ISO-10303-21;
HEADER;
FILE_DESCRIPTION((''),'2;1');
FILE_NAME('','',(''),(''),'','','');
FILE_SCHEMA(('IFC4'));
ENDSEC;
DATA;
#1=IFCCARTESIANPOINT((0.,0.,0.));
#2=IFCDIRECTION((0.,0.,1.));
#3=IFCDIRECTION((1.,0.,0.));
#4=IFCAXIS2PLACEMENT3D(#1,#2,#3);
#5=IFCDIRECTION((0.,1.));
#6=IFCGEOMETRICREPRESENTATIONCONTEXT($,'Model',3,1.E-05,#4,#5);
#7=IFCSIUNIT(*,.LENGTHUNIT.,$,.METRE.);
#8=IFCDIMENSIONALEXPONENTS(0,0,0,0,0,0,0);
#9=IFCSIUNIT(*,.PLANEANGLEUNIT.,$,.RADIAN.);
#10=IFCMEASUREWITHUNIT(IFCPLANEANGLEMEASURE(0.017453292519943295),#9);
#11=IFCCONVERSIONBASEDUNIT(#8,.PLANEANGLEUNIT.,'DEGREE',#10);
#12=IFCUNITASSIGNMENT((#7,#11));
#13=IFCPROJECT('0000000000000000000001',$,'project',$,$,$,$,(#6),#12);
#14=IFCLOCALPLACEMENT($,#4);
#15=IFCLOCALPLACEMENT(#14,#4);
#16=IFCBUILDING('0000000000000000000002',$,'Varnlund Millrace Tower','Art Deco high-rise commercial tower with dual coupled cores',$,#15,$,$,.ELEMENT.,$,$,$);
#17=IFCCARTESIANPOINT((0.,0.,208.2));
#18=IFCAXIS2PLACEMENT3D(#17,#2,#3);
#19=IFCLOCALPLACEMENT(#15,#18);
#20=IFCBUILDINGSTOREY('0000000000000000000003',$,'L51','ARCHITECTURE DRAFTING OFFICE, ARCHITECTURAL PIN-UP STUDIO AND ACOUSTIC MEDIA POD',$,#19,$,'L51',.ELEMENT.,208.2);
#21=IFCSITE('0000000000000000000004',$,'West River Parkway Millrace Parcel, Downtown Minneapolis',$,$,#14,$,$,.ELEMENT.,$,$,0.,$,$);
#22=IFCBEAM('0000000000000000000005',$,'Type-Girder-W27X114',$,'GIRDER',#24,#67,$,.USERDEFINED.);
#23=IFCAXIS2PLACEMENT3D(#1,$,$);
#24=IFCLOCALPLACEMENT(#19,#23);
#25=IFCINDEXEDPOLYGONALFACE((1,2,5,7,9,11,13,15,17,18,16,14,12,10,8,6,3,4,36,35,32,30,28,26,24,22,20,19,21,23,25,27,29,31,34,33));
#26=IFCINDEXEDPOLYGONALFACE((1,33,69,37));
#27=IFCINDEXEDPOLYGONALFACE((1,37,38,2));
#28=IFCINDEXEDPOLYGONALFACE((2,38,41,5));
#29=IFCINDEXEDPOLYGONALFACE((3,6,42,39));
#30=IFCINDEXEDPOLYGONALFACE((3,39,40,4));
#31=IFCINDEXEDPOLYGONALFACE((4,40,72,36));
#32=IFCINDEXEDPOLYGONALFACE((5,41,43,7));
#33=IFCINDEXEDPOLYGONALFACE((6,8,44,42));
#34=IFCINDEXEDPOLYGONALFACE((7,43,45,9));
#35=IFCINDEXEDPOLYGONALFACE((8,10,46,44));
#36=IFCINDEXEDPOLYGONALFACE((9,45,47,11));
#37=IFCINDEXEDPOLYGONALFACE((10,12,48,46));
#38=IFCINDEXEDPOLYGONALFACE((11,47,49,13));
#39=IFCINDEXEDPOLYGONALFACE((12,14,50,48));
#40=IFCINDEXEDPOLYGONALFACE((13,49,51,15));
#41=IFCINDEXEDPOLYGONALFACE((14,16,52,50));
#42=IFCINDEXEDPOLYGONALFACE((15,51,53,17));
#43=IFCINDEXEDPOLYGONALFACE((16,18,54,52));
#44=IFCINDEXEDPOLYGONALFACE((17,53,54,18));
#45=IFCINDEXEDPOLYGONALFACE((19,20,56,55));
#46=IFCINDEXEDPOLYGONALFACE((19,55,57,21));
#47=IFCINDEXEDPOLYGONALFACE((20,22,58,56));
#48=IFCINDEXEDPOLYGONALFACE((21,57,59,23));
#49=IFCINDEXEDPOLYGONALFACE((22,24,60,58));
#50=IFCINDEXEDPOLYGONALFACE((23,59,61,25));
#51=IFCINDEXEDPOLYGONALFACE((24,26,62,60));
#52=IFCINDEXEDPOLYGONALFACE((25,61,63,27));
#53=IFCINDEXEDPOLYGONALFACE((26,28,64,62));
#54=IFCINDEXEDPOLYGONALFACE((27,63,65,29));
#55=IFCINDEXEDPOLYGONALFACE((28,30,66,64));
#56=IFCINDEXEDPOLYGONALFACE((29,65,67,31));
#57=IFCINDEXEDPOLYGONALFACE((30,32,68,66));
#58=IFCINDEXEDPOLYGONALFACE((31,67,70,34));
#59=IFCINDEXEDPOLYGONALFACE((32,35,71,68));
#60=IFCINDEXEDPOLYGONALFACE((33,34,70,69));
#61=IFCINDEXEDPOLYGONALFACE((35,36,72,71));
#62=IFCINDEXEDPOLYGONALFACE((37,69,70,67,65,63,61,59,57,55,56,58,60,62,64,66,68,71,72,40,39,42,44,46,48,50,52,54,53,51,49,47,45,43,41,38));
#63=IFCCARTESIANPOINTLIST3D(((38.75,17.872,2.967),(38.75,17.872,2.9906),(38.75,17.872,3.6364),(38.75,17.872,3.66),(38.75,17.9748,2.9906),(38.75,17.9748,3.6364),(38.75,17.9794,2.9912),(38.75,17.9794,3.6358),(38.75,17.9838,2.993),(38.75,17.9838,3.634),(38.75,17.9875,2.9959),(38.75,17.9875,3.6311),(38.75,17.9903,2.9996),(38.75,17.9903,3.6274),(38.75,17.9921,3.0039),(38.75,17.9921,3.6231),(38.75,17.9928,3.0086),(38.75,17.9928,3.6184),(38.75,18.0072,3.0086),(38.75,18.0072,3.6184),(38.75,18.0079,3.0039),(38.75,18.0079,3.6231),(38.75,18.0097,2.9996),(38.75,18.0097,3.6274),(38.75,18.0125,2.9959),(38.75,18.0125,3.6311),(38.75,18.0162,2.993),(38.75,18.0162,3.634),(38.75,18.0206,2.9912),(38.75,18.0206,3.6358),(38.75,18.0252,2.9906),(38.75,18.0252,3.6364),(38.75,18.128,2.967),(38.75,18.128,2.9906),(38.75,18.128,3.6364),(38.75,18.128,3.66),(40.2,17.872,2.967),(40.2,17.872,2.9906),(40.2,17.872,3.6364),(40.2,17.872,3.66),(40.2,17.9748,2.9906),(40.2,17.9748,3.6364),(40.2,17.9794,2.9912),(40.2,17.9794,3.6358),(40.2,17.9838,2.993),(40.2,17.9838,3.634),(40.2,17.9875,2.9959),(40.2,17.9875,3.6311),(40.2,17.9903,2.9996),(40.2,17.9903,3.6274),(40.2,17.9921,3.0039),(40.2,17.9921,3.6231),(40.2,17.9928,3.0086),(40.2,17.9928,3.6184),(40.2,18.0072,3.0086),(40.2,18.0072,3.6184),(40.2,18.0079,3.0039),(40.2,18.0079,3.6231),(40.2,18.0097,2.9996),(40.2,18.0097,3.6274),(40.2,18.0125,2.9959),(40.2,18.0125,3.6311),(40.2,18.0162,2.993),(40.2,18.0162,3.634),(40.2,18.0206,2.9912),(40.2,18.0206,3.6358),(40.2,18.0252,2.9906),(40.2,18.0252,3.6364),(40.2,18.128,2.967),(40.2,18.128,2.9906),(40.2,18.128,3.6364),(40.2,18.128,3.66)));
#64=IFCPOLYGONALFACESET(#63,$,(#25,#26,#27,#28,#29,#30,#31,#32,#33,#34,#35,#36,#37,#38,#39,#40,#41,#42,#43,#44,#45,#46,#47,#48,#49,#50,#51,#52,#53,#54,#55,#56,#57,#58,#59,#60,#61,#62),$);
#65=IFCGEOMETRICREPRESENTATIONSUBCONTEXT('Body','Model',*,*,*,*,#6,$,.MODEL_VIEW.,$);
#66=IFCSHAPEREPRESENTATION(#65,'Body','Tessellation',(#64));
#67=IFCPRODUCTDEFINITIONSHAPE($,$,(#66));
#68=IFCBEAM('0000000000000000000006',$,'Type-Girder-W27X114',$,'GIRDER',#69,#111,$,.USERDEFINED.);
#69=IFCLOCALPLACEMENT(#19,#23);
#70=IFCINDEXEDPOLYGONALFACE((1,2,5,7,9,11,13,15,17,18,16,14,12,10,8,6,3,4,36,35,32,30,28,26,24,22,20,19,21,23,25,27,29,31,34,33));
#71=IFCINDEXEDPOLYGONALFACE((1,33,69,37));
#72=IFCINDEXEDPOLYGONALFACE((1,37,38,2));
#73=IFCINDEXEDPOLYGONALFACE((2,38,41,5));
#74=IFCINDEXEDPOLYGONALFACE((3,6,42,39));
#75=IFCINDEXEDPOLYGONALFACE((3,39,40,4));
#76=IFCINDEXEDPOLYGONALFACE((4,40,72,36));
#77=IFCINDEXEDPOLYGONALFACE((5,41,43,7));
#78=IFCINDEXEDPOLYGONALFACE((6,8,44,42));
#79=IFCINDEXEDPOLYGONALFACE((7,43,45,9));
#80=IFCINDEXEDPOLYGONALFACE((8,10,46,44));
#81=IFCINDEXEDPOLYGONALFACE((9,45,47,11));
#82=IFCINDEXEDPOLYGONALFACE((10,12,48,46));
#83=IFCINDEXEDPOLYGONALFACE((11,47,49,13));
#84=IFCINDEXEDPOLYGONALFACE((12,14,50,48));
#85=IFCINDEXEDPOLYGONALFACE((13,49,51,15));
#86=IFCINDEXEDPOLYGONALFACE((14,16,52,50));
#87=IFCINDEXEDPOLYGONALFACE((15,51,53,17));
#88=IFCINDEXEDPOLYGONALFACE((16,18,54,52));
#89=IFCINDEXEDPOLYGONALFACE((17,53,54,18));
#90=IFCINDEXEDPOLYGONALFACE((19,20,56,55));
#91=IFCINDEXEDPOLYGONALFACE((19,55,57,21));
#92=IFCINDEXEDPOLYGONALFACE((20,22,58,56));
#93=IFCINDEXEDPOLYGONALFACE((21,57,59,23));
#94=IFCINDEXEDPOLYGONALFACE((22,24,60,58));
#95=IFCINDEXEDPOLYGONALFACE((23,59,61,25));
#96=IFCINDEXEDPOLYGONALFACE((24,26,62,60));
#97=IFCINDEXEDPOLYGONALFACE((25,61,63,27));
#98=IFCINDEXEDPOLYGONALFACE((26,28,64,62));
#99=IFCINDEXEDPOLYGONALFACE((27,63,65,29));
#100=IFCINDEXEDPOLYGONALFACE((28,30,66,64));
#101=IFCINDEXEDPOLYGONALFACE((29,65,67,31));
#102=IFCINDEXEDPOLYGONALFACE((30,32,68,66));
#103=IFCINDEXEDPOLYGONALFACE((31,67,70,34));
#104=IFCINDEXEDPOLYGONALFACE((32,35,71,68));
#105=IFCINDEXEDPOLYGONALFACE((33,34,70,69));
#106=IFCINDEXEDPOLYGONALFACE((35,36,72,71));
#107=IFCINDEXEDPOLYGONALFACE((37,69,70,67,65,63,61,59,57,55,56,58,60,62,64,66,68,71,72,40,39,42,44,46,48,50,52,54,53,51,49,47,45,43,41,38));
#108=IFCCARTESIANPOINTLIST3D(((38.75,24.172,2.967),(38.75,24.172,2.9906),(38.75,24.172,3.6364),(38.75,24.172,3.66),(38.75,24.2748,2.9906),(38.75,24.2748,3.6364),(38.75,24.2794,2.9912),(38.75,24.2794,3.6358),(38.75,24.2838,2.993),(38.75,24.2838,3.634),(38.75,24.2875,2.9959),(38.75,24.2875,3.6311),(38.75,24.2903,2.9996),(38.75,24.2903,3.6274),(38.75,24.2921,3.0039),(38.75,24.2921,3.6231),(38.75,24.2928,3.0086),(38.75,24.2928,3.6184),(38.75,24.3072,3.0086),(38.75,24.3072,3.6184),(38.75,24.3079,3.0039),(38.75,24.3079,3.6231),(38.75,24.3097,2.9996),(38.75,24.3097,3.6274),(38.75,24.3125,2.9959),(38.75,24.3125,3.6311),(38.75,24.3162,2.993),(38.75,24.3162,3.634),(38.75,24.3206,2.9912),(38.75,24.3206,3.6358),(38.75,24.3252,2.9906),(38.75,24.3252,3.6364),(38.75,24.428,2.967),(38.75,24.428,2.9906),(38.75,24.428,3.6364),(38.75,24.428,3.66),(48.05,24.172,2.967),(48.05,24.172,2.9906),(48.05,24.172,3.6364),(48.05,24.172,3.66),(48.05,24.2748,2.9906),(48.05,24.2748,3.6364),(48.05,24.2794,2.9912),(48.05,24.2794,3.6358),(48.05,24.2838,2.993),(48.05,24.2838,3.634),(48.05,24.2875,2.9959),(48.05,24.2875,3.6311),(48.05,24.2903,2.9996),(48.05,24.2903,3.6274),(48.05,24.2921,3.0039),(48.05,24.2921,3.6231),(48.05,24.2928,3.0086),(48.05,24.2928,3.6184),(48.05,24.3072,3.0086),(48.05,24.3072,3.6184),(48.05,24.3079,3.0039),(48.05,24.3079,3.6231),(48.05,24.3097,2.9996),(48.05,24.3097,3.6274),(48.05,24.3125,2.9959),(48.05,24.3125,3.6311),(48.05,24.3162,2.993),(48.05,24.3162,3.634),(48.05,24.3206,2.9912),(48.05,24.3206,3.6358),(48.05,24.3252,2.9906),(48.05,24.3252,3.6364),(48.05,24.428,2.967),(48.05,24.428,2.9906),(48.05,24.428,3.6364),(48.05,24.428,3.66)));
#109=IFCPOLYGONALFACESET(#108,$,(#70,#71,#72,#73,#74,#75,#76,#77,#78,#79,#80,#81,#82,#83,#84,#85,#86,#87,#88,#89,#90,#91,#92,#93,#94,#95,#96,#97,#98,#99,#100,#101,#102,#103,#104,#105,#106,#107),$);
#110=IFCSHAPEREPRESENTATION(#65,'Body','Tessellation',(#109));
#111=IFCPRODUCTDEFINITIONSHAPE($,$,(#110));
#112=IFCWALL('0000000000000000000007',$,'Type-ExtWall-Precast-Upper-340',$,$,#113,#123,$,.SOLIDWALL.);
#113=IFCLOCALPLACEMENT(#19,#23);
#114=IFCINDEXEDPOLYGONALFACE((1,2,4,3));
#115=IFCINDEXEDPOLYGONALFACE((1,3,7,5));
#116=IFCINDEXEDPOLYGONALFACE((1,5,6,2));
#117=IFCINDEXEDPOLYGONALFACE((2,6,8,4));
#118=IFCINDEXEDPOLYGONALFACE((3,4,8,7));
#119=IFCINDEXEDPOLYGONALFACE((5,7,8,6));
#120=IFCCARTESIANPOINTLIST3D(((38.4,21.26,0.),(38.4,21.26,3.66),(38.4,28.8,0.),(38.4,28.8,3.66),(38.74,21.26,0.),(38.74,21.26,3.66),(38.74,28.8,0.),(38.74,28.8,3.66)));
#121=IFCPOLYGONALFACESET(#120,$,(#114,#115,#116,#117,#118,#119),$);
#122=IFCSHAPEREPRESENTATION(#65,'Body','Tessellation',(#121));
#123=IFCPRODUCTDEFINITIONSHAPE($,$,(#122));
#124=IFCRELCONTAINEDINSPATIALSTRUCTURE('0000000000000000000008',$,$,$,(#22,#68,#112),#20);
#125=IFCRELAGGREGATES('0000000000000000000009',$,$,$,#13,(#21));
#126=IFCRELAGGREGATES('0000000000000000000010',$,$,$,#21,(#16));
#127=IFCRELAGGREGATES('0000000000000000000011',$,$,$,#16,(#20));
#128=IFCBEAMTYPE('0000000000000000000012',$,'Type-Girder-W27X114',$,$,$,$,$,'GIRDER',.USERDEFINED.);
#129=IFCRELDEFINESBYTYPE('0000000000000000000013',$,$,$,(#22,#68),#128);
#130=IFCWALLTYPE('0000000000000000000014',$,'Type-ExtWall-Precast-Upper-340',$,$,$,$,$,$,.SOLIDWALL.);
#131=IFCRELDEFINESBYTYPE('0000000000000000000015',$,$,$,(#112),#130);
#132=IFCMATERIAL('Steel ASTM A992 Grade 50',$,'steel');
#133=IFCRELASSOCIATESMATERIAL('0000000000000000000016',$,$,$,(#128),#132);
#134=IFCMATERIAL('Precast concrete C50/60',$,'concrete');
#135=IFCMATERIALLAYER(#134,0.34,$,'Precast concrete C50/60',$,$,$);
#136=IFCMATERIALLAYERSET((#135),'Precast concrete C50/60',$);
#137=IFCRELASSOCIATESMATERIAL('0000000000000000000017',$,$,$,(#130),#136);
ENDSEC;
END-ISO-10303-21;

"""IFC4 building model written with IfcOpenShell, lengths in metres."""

from ifc_helpers import new_model, entity, si_unit, converted_unit, direction, frame, origin_with_axes, origin_2d_with_axis, place, context, subcontext, project, spatial, polyline, i_section, outline, extrude, material, layer, layer_set, material_profile, profile_set, type_object, element, save


model = new_model("IFC4")

# Units and contexts
model_context = context("Model", 3, precision=1e-05, world=origin_with_axes(), true_north=direction((0.0, 1.0)))
body_context = subcontext(model_context, "Body", "Model", "MODEL_VIEW")
ifc_project = project(units=[si_unit("LENGTHUNIT", "METRE"), converted_unit("PLANEANGLEUNIT", "DEGREE", entity("IfcPlaneAngleMeasure", 0.017453292519943295), si_unit("PLANEANGLEUNIT", "RADIAN"), dimensions=[0, 0, 0, 0, 0, 0, 0])], contexts=[model_context])

# Site, building, storey
site_placement = place(None, origin_with_axes())
site = spatial("IfcSite", under=ifc_project, at=site_placement, Name="West River Parkway Millrace Parcel, Downtown Minneapolis", CompositionType="ELEMENT", RefElevation=0.0)
building_placement = place(site_placement, origin_with_axes())
building = spatial("IfcBuilding", under=site, at=building_placement, Name="Varnlund Millrace Tower", Description="Art Deco high-rise commercial tower with dual coupled cores", CompositionType="ELEMENT")
storey_placement = place(building_placement, frame((0.0, 0.0, 208.2), z_axis=(0.0, 0.0, 1.0), x_axis=(1.0, 0.0, 0.0)))
storey = spatial("IfcBuildingStorey", under=building, at=storey_placement, Name="L51", Description="ARCHITECTURE DRAFTING OFFICE, ARCHITECTURAL PIN-UP STUDIO AND ACOUSTIC MEDIA POD", LongName="L51", CompositionType="ELEMENT", Elevation=208.2)

# Beams
ifc_material_1 = material(Name="Steel ASTM A992 Grade 50", Category="steel")
ifc_material_profile_1 = material_profile(ifc_material_1, i_section(OverallWidth=0.256, OverallDepth=0.693, WebThickness=0.0145, FlangeThickness=0.0236, FilletRadius=0.018, at=origin_2d_with_axis()), Name="Steel ASTM A992 Grade 50")
ifc_profile_set_1 = profile_set([ifc_material_profile_1], Name="Steel ASTM A992 Grade 50")
beam_type_1 = type_object("IfcBeamType", Name="Type-Girder-W27X114", ElementType="GIRDER", PredefinedType="USERDEFINED", material=ifc_profile_set_1)
beam_1_placement = place(storey_placement, frame((38.75, 18.0, 3.3135), z_axis=(1.0, 0.0, 0.0), x_axis=(0.0, 1.0, 0.0)))
element("IfcBeam", 1, at=beam_1_placement, inside=storey, type_object=beam_type_1, Name="Type-Girder-W27X114", ObjectType="GIRDER", PredefinedType="USERDEFINED", context=body_context, shape_type="SweptSolid", body=[
    extrude(i_section(OverallWidth=0.256, OverallDepth=0.693, WebThickness=0.0145, FlangeThickness=0.0236, FilletRadius=0.018, at=origin_2d_with_axis()), origin_with_axes(), (0.0, 0.0, 1.0), 1.45),
])
beam_2_placement = place(storey_placement, frame((38.75, 24.3, 3.3135), z_axis=(1.0, 0.0, 0.0), x_axis=(0.0, 1.0, 0.0)))
element("IfcBeam", 2, at=beam_2_placement, inside=storey, type_object=beam_type_1, Name="Type-Girder-W27X114", ObjectType="GIRDER", PredefinedType="USERDEFINED", context=body_context, shape_type="SweptSolid", body=[
    extrude(i_section(OverallWidth=0.256, OverallDepth=0.693, WebThickness=0.0145, FlangeThickness=0.0236, FilletRadius=0.018, at=origin_2d_with_axis()), origin_with_axes(), (0.0, 0.0, 1.0), 9.3),
])

# Wall
ifc_material_2 = material(Name="Precast concrete C50/60", Category="concrete")
ifc_layer_1 = layer(ifc_material_2, 0.34, Name="Precast concrete C50/60")
ifc_layer_set_1 = layer_set([ifc_layer_1], Name="Precast concrete C50/60")
wall_type_1 = type_object("IfcWallType", Name="Type-ExtWall-Precast-Upper-340", PredefinedType="SOLIDWALL", material=ifc_layer_set_1)
wall_1_placement = place(storey_placement, frame((38.57, 21.26, 0.0), z_axis=(0.0, 0.0, 1.0), x_axis=(0.0, 1.0, 0.0)))
element("IfcWall", 3, at=wall_1_placement, inside=storey, type_object=wall_type_1, Name="Type-ExtWall-Precast-Upper-340", PredefinedType="SOLIDWALL", context=body_context, shape_type="SweptSolid", body=[
    extrude(outline(polyline([(0.0, -0.17), (7.54, -0.17), (7.54, 0.17), (0.0, 0.17), (0.0, -0.17)])), origin_with_axes(), (0.0, 0.0, 1.0), 3.66),
])

save(model, "model.ifc")
